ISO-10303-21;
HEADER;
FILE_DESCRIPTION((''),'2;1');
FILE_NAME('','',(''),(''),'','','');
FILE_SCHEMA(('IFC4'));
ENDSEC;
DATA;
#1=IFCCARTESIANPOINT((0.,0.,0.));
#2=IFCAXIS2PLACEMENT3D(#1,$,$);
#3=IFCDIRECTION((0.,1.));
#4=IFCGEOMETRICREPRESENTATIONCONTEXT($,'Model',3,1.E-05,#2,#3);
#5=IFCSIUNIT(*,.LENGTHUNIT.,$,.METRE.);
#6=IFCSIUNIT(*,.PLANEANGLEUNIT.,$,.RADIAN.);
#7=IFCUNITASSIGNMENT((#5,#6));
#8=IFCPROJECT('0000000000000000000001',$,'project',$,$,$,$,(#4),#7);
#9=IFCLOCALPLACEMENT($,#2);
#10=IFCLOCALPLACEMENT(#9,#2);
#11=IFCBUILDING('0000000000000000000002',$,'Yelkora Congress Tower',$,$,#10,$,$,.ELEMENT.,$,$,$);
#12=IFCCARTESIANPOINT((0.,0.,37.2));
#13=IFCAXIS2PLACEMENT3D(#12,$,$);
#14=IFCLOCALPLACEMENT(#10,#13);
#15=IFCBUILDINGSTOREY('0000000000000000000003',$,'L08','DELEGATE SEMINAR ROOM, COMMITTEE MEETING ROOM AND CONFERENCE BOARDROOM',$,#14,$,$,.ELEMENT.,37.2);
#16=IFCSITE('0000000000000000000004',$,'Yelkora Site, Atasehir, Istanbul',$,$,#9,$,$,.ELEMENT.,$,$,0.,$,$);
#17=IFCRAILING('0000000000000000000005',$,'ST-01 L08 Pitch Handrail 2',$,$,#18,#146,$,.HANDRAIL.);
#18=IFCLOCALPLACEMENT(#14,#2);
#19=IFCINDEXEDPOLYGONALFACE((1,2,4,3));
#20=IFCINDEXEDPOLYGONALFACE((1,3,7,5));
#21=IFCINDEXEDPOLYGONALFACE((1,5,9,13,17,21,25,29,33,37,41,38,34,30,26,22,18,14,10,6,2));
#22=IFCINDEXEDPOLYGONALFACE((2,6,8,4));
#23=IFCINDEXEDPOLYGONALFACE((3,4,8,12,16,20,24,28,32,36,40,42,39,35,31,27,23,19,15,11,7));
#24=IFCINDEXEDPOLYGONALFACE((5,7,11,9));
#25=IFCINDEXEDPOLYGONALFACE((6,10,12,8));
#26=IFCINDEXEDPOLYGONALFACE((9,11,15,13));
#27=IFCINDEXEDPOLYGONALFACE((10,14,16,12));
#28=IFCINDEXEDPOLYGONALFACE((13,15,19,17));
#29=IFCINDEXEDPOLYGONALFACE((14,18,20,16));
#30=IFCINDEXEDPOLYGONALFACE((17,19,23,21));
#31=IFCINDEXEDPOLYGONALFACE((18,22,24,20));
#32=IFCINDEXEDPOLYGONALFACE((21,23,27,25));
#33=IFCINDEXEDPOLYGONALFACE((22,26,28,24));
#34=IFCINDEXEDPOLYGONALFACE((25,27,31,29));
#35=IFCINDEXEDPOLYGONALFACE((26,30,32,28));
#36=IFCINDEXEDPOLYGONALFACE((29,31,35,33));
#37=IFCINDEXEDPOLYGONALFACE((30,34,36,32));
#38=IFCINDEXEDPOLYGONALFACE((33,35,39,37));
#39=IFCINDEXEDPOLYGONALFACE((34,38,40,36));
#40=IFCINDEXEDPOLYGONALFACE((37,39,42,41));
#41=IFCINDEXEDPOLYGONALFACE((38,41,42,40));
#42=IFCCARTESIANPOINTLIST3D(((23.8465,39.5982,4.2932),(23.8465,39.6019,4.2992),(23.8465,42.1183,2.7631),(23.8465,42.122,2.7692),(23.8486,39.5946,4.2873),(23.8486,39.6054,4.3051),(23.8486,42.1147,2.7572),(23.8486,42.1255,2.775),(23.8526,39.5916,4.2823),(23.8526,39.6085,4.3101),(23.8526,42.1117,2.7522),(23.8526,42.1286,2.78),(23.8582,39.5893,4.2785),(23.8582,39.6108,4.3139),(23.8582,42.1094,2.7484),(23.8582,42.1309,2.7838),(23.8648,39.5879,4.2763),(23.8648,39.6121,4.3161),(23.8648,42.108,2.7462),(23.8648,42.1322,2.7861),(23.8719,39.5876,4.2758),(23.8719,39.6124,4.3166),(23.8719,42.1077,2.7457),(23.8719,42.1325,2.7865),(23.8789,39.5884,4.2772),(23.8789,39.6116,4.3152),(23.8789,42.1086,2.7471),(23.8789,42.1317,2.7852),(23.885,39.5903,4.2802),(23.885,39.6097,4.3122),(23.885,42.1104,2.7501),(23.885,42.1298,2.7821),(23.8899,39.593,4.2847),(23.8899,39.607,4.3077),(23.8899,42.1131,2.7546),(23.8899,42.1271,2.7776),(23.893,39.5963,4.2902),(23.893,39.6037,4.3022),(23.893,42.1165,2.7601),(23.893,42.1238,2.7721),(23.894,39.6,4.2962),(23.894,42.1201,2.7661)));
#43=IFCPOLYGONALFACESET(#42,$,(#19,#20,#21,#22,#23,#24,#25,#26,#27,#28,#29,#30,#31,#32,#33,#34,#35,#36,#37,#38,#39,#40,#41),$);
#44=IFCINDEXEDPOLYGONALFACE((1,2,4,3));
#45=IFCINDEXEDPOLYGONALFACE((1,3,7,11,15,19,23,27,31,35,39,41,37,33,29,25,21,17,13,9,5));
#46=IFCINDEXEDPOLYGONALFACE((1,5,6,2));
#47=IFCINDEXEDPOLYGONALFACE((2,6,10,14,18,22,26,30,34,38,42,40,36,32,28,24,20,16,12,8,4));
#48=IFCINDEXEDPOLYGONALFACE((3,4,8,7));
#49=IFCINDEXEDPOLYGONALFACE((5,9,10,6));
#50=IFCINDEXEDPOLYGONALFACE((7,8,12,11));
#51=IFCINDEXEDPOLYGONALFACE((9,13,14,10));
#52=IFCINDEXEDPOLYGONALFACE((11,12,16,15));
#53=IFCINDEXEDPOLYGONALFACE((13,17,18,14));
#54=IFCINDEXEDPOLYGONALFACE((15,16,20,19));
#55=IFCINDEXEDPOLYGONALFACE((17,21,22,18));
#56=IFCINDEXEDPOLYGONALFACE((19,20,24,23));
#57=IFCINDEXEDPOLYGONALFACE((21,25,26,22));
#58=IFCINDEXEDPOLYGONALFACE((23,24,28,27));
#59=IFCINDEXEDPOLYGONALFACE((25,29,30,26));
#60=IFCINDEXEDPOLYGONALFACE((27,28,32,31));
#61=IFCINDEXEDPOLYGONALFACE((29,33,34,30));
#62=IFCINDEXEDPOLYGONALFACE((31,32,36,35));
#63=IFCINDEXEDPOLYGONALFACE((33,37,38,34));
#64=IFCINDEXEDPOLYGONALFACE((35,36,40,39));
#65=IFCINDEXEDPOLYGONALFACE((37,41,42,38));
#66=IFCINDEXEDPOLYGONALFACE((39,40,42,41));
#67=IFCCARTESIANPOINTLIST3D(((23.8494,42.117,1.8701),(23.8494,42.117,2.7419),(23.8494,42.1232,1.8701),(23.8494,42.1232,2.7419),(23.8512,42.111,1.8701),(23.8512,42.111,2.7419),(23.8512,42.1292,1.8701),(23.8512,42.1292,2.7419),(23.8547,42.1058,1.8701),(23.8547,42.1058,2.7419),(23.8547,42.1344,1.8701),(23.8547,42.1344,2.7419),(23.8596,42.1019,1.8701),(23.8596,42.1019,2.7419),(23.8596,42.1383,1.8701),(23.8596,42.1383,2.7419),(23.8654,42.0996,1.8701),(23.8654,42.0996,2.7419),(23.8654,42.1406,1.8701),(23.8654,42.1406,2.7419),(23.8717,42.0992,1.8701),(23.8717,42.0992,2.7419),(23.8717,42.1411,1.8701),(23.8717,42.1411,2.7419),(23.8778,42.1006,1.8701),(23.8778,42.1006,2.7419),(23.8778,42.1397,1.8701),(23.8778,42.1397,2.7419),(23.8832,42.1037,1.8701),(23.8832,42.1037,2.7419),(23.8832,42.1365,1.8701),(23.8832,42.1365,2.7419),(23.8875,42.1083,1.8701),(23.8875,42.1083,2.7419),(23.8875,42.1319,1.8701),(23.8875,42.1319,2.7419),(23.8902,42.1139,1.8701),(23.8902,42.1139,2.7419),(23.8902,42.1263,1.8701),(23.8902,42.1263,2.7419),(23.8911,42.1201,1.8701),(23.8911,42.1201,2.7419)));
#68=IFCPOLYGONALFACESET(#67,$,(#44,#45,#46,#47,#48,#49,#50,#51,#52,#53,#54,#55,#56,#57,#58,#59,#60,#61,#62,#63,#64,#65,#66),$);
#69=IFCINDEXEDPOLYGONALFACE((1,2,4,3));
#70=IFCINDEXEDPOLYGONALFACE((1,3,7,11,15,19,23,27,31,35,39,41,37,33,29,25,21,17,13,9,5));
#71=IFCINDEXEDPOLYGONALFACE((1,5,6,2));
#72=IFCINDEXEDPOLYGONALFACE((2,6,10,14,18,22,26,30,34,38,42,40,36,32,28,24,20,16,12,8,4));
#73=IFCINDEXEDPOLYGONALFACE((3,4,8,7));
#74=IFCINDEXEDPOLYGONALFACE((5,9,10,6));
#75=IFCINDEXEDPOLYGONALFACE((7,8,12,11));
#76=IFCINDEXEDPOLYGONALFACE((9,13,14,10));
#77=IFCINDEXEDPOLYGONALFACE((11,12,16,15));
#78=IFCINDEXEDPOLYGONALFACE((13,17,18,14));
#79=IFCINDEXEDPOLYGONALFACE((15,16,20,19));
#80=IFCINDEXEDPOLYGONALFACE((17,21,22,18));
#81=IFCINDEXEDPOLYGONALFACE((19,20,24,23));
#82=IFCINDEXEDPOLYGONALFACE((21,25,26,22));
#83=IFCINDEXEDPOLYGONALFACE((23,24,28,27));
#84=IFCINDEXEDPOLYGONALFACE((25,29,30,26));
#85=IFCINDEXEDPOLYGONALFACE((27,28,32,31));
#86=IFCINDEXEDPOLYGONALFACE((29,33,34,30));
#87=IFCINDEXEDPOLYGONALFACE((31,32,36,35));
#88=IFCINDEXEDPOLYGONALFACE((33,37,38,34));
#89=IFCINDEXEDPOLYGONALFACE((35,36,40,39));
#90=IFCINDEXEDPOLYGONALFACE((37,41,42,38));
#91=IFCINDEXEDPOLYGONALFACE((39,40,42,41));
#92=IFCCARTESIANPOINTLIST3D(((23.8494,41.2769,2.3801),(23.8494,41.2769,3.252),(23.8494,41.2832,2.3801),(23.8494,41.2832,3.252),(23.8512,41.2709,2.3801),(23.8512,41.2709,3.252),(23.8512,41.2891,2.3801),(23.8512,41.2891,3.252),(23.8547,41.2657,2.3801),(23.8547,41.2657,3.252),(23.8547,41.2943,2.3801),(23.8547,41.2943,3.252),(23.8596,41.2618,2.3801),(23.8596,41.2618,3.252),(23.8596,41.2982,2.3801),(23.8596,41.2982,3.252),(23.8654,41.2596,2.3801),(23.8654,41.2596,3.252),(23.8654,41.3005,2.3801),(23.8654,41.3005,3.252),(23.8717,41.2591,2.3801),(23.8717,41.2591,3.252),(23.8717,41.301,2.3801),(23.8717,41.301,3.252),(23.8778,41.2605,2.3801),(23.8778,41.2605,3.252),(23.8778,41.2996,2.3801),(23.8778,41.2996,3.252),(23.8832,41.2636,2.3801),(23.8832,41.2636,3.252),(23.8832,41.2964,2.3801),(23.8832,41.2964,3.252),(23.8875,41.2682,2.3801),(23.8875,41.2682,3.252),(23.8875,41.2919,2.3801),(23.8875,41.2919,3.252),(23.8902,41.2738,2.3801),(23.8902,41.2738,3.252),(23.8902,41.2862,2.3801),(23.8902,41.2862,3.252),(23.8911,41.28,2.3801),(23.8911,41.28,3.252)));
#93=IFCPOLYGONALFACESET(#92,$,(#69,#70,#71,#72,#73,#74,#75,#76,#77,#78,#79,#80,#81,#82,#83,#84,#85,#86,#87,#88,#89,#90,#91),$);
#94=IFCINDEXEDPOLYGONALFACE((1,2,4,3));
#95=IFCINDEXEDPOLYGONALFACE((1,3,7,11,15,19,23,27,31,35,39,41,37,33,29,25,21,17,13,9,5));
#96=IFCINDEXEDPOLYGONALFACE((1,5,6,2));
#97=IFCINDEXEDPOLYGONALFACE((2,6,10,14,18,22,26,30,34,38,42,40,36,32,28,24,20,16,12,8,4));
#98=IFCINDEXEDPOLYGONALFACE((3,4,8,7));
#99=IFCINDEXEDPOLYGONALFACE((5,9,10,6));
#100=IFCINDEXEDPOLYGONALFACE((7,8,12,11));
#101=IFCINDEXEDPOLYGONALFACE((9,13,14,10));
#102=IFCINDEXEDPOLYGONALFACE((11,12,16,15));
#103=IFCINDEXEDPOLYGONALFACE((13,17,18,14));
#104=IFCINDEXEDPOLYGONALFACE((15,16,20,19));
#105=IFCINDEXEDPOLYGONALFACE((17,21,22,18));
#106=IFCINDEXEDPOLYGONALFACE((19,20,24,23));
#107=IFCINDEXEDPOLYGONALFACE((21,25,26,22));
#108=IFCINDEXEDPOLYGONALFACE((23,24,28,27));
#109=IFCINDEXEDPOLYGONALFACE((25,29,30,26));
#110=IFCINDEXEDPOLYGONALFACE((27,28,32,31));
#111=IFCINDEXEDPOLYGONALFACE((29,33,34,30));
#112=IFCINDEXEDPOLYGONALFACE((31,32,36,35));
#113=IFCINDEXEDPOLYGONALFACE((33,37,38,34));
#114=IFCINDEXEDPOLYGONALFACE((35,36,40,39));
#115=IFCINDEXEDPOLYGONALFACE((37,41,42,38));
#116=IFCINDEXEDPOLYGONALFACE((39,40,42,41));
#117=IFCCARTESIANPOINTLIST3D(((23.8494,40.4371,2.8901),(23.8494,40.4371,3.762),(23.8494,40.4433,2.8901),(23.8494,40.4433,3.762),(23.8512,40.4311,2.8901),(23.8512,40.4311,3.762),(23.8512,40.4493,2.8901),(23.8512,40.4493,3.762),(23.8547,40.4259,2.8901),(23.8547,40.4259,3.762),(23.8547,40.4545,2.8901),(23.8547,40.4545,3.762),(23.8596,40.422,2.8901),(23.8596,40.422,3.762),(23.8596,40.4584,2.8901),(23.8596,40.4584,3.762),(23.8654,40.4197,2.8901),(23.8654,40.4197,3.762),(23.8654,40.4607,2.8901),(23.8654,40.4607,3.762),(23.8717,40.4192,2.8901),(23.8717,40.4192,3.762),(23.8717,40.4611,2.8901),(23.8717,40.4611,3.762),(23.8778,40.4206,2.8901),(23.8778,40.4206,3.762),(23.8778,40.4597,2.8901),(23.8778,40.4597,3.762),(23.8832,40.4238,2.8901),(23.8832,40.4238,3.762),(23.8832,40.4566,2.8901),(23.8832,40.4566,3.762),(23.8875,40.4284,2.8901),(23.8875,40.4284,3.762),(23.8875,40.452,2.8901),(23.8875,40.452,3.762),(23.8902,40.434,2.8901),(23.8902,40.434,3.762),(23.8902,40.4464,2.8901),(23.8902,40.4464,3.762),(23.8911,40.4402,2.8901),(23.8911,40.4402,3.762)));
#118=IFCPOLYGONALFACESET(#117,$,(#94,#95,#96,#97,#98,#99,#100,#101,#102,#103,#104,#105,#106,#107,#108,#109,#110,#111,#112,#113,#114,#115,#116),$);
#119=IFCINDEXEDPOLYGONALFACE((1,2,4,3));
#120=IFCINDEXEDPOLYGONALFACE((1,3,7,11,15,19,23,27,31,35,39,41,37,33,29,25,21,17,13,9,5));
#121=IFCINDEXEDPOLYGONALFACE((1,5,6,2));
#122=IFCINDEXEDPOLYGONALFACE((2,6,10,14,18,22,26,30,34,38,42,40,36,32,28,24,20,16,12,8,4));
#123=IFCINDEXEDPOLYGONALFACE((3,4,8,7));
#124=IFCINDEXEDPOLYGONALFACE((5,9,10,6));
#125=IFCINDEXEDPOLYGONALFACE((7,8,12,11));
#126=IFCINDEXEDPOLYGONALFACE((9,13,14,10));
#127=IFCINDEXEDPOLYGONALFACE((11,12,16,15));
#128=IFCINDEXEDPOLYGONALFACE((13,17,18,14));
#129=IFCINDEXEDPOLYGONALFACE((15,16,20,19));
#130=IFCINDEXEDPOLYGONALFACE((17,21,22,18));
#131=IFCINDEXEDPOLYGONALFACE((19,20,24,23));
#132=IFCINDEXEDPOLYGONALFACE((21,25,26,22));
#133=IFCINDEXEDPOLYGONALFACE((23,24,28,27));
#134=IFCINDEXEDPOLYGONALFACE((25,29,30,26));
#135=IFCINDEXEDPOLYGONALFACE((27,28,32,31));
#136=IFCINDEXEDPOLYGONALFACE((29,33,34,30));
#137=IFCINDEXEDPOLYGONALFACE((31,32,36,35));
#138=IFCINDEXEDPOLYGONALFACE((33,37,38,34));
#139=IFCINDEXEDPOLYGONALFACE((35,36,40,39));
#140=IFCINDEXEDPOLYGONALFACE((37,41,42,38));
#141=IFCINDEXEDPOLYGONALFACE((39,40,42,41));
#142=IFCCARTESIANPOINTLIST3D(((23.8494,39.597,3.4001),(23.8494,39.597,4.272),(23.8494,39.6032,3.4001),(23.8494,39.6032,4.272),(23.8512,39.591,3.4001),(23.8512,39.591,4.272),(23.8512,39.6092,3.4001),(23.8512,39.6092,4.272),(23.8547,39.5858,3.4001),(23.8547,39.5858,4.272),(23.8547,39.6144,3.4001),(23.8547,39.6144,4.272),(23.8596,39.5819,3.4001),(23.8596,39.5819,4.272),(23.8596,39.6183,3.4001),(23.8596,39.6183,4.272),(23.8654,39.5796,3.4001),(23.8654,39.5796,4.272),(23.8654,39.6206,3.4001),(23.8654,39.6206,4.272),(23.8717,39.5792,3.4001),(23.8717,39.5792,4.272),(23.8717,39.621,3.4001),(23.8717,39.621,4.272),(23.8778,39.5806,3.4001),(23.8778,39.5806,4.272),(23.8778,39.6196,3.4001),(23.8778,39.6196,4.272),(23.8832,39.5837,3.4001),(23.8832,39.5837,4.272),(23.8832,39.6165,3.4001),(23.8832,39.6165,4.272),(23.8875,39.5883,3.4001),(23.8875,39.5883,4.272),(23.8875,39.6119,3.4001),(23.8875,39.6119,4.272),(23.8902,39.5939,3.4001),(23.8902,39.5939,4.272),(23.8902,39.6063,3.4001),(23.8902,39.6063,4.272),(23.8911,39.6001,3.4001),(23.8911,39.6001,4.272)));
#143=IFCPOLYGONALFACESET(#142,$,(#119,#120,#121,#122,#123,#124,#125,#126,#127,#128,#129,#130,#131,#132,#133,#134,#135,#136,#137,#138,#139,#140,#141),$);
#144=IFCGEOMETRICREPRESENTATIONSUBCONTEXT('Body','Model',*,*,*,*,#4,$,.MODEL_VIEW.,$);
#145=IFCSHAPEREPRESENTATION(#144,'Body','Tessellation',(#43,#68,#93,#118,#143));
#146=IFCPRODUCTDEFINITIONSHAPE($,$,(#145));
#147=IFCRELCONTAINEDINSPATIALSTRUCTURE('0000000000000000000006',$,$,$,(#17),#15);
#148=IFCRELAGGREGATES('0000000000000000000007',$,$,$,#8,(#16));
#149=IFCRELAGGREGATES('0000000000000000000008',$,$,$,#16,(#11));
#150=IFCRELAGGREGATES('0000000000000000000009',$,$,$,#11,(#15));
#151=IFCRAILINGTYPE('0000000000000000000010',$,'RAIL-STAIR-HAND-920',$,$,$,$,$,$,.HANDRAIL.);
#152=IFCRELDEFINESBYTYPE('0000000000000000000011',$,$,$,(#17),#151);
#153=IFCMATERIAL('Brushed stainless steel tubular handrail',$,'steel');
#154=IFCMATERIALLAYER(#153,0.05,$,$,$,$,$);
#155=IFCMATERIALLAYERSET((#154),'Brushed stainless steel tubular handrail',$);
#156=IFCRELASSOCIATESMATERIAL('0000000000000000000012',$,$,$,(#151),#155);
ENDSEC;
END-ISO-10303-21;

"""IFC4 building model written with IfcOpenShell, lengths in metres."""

from ifc_helpers import new_model, si_unit, direction, frame, origin, origin_2d, place, context, subcontext, project, spatial, circle, extrude, material, layer, layer_set, type_object, element, save


model = new_model("IFC4")

# Units and contexts
model_context = context("Model", 3, precision=1e-05, world=origin(), true_north=direction((0.0, 1.0)))
body_context = subcontext(model_context, "Body", "Model", "MODEL_VIEW")
ifc_project = project(units=[si_unit("LENGTHUNIT", "METRE"), si_unit("PLANEANGLEUNIT", "RADIAN")], contexts=[model_context])

# Site, building, storey
site_placement = place(None, origin())
site = spatial("IfcSite", under=ifc_project, at=site_placement, Name="Yelkora Site, Atasehir, Istanbul", CompositionType="ELEMENT", RefElevation=0.0)
building_placement = place(site_placement, origin())
building = spatial("IfcBuilding", under=site, at=building_placement, Name="Yelkora Congress Tower", CompositionType="ELEMENT")
storey_placement = place(building_placement, frame((0.0, 0.0, 37.2)))
storey = spatial("IfcBuildingStorey", under=building, at=storey_placement, Name="L08", Description="DELEGATE SEMINAR ROOM, COMMITTEE MEETING ROOM AND CONFERENCE BOARDROOM", CompositionType="ELEMENT", Elevation=37.2)

# Railing
ifc_material_1 = material(Name="Brushed stainless steel tubular handrail", Category="steel")
ifc_layer_1 = layer(ifc_material_1, 0.05)
ifc_layer_set_1 = layer_set([ifc_layer_1], Name="Brushed stainless steel tubular handrail")
railing_type_1 = type_object("IfcRailingType", Name="RAIL-STAIR-HAND-920", PredefinedType="HANDRAIL", material=ifc_layer_set_1)
railing_1_placement = place(storey_placement, frame((23.8701, 42.1201, 1.8701)))
element("IfcRailing", 1, at=railing_1_placement, inside=storey, type_object=railing_type_1, Name="ST-01 L08 Pitch Handrail 2", PredefinedType="HANDRAIL", context=body_context, shape_type="SweptSolid", body=[
    extrude(circle(Radius=0.0239, at=origin_2d()), frame((0.0, 0.0, 0.896), z_axis=(0.0, -0.854785, 0.518982), x_axis=(1.0, 0.0, 0.0)), (0.0, 0.0, 1.0), 2.9482),
    extrude(circle(Radius=0.021, at=origin_2d()), origin(), (0.0, 0.0, 1.0), 0.8718),
    extrude(circle(Radius=0.021, at=origin_2d()), frame((0.0, -0.8401, 0.51)), (0.0, 0.0, 1.0), 0.8718),
    extrude(circle(Radius=0.021, at=origin_2d()), frame((0.0, -1.6799, 1.02)), (0.0, 0.0, 1.0), 0.8718),
    extrude(circle(Radius=0.021, at=origin_2d()), frame((0.0, -2.52, 1.53)), (0.0, 0.0, 1.0), 0.8718),
])

save(model, "model.ifc")
